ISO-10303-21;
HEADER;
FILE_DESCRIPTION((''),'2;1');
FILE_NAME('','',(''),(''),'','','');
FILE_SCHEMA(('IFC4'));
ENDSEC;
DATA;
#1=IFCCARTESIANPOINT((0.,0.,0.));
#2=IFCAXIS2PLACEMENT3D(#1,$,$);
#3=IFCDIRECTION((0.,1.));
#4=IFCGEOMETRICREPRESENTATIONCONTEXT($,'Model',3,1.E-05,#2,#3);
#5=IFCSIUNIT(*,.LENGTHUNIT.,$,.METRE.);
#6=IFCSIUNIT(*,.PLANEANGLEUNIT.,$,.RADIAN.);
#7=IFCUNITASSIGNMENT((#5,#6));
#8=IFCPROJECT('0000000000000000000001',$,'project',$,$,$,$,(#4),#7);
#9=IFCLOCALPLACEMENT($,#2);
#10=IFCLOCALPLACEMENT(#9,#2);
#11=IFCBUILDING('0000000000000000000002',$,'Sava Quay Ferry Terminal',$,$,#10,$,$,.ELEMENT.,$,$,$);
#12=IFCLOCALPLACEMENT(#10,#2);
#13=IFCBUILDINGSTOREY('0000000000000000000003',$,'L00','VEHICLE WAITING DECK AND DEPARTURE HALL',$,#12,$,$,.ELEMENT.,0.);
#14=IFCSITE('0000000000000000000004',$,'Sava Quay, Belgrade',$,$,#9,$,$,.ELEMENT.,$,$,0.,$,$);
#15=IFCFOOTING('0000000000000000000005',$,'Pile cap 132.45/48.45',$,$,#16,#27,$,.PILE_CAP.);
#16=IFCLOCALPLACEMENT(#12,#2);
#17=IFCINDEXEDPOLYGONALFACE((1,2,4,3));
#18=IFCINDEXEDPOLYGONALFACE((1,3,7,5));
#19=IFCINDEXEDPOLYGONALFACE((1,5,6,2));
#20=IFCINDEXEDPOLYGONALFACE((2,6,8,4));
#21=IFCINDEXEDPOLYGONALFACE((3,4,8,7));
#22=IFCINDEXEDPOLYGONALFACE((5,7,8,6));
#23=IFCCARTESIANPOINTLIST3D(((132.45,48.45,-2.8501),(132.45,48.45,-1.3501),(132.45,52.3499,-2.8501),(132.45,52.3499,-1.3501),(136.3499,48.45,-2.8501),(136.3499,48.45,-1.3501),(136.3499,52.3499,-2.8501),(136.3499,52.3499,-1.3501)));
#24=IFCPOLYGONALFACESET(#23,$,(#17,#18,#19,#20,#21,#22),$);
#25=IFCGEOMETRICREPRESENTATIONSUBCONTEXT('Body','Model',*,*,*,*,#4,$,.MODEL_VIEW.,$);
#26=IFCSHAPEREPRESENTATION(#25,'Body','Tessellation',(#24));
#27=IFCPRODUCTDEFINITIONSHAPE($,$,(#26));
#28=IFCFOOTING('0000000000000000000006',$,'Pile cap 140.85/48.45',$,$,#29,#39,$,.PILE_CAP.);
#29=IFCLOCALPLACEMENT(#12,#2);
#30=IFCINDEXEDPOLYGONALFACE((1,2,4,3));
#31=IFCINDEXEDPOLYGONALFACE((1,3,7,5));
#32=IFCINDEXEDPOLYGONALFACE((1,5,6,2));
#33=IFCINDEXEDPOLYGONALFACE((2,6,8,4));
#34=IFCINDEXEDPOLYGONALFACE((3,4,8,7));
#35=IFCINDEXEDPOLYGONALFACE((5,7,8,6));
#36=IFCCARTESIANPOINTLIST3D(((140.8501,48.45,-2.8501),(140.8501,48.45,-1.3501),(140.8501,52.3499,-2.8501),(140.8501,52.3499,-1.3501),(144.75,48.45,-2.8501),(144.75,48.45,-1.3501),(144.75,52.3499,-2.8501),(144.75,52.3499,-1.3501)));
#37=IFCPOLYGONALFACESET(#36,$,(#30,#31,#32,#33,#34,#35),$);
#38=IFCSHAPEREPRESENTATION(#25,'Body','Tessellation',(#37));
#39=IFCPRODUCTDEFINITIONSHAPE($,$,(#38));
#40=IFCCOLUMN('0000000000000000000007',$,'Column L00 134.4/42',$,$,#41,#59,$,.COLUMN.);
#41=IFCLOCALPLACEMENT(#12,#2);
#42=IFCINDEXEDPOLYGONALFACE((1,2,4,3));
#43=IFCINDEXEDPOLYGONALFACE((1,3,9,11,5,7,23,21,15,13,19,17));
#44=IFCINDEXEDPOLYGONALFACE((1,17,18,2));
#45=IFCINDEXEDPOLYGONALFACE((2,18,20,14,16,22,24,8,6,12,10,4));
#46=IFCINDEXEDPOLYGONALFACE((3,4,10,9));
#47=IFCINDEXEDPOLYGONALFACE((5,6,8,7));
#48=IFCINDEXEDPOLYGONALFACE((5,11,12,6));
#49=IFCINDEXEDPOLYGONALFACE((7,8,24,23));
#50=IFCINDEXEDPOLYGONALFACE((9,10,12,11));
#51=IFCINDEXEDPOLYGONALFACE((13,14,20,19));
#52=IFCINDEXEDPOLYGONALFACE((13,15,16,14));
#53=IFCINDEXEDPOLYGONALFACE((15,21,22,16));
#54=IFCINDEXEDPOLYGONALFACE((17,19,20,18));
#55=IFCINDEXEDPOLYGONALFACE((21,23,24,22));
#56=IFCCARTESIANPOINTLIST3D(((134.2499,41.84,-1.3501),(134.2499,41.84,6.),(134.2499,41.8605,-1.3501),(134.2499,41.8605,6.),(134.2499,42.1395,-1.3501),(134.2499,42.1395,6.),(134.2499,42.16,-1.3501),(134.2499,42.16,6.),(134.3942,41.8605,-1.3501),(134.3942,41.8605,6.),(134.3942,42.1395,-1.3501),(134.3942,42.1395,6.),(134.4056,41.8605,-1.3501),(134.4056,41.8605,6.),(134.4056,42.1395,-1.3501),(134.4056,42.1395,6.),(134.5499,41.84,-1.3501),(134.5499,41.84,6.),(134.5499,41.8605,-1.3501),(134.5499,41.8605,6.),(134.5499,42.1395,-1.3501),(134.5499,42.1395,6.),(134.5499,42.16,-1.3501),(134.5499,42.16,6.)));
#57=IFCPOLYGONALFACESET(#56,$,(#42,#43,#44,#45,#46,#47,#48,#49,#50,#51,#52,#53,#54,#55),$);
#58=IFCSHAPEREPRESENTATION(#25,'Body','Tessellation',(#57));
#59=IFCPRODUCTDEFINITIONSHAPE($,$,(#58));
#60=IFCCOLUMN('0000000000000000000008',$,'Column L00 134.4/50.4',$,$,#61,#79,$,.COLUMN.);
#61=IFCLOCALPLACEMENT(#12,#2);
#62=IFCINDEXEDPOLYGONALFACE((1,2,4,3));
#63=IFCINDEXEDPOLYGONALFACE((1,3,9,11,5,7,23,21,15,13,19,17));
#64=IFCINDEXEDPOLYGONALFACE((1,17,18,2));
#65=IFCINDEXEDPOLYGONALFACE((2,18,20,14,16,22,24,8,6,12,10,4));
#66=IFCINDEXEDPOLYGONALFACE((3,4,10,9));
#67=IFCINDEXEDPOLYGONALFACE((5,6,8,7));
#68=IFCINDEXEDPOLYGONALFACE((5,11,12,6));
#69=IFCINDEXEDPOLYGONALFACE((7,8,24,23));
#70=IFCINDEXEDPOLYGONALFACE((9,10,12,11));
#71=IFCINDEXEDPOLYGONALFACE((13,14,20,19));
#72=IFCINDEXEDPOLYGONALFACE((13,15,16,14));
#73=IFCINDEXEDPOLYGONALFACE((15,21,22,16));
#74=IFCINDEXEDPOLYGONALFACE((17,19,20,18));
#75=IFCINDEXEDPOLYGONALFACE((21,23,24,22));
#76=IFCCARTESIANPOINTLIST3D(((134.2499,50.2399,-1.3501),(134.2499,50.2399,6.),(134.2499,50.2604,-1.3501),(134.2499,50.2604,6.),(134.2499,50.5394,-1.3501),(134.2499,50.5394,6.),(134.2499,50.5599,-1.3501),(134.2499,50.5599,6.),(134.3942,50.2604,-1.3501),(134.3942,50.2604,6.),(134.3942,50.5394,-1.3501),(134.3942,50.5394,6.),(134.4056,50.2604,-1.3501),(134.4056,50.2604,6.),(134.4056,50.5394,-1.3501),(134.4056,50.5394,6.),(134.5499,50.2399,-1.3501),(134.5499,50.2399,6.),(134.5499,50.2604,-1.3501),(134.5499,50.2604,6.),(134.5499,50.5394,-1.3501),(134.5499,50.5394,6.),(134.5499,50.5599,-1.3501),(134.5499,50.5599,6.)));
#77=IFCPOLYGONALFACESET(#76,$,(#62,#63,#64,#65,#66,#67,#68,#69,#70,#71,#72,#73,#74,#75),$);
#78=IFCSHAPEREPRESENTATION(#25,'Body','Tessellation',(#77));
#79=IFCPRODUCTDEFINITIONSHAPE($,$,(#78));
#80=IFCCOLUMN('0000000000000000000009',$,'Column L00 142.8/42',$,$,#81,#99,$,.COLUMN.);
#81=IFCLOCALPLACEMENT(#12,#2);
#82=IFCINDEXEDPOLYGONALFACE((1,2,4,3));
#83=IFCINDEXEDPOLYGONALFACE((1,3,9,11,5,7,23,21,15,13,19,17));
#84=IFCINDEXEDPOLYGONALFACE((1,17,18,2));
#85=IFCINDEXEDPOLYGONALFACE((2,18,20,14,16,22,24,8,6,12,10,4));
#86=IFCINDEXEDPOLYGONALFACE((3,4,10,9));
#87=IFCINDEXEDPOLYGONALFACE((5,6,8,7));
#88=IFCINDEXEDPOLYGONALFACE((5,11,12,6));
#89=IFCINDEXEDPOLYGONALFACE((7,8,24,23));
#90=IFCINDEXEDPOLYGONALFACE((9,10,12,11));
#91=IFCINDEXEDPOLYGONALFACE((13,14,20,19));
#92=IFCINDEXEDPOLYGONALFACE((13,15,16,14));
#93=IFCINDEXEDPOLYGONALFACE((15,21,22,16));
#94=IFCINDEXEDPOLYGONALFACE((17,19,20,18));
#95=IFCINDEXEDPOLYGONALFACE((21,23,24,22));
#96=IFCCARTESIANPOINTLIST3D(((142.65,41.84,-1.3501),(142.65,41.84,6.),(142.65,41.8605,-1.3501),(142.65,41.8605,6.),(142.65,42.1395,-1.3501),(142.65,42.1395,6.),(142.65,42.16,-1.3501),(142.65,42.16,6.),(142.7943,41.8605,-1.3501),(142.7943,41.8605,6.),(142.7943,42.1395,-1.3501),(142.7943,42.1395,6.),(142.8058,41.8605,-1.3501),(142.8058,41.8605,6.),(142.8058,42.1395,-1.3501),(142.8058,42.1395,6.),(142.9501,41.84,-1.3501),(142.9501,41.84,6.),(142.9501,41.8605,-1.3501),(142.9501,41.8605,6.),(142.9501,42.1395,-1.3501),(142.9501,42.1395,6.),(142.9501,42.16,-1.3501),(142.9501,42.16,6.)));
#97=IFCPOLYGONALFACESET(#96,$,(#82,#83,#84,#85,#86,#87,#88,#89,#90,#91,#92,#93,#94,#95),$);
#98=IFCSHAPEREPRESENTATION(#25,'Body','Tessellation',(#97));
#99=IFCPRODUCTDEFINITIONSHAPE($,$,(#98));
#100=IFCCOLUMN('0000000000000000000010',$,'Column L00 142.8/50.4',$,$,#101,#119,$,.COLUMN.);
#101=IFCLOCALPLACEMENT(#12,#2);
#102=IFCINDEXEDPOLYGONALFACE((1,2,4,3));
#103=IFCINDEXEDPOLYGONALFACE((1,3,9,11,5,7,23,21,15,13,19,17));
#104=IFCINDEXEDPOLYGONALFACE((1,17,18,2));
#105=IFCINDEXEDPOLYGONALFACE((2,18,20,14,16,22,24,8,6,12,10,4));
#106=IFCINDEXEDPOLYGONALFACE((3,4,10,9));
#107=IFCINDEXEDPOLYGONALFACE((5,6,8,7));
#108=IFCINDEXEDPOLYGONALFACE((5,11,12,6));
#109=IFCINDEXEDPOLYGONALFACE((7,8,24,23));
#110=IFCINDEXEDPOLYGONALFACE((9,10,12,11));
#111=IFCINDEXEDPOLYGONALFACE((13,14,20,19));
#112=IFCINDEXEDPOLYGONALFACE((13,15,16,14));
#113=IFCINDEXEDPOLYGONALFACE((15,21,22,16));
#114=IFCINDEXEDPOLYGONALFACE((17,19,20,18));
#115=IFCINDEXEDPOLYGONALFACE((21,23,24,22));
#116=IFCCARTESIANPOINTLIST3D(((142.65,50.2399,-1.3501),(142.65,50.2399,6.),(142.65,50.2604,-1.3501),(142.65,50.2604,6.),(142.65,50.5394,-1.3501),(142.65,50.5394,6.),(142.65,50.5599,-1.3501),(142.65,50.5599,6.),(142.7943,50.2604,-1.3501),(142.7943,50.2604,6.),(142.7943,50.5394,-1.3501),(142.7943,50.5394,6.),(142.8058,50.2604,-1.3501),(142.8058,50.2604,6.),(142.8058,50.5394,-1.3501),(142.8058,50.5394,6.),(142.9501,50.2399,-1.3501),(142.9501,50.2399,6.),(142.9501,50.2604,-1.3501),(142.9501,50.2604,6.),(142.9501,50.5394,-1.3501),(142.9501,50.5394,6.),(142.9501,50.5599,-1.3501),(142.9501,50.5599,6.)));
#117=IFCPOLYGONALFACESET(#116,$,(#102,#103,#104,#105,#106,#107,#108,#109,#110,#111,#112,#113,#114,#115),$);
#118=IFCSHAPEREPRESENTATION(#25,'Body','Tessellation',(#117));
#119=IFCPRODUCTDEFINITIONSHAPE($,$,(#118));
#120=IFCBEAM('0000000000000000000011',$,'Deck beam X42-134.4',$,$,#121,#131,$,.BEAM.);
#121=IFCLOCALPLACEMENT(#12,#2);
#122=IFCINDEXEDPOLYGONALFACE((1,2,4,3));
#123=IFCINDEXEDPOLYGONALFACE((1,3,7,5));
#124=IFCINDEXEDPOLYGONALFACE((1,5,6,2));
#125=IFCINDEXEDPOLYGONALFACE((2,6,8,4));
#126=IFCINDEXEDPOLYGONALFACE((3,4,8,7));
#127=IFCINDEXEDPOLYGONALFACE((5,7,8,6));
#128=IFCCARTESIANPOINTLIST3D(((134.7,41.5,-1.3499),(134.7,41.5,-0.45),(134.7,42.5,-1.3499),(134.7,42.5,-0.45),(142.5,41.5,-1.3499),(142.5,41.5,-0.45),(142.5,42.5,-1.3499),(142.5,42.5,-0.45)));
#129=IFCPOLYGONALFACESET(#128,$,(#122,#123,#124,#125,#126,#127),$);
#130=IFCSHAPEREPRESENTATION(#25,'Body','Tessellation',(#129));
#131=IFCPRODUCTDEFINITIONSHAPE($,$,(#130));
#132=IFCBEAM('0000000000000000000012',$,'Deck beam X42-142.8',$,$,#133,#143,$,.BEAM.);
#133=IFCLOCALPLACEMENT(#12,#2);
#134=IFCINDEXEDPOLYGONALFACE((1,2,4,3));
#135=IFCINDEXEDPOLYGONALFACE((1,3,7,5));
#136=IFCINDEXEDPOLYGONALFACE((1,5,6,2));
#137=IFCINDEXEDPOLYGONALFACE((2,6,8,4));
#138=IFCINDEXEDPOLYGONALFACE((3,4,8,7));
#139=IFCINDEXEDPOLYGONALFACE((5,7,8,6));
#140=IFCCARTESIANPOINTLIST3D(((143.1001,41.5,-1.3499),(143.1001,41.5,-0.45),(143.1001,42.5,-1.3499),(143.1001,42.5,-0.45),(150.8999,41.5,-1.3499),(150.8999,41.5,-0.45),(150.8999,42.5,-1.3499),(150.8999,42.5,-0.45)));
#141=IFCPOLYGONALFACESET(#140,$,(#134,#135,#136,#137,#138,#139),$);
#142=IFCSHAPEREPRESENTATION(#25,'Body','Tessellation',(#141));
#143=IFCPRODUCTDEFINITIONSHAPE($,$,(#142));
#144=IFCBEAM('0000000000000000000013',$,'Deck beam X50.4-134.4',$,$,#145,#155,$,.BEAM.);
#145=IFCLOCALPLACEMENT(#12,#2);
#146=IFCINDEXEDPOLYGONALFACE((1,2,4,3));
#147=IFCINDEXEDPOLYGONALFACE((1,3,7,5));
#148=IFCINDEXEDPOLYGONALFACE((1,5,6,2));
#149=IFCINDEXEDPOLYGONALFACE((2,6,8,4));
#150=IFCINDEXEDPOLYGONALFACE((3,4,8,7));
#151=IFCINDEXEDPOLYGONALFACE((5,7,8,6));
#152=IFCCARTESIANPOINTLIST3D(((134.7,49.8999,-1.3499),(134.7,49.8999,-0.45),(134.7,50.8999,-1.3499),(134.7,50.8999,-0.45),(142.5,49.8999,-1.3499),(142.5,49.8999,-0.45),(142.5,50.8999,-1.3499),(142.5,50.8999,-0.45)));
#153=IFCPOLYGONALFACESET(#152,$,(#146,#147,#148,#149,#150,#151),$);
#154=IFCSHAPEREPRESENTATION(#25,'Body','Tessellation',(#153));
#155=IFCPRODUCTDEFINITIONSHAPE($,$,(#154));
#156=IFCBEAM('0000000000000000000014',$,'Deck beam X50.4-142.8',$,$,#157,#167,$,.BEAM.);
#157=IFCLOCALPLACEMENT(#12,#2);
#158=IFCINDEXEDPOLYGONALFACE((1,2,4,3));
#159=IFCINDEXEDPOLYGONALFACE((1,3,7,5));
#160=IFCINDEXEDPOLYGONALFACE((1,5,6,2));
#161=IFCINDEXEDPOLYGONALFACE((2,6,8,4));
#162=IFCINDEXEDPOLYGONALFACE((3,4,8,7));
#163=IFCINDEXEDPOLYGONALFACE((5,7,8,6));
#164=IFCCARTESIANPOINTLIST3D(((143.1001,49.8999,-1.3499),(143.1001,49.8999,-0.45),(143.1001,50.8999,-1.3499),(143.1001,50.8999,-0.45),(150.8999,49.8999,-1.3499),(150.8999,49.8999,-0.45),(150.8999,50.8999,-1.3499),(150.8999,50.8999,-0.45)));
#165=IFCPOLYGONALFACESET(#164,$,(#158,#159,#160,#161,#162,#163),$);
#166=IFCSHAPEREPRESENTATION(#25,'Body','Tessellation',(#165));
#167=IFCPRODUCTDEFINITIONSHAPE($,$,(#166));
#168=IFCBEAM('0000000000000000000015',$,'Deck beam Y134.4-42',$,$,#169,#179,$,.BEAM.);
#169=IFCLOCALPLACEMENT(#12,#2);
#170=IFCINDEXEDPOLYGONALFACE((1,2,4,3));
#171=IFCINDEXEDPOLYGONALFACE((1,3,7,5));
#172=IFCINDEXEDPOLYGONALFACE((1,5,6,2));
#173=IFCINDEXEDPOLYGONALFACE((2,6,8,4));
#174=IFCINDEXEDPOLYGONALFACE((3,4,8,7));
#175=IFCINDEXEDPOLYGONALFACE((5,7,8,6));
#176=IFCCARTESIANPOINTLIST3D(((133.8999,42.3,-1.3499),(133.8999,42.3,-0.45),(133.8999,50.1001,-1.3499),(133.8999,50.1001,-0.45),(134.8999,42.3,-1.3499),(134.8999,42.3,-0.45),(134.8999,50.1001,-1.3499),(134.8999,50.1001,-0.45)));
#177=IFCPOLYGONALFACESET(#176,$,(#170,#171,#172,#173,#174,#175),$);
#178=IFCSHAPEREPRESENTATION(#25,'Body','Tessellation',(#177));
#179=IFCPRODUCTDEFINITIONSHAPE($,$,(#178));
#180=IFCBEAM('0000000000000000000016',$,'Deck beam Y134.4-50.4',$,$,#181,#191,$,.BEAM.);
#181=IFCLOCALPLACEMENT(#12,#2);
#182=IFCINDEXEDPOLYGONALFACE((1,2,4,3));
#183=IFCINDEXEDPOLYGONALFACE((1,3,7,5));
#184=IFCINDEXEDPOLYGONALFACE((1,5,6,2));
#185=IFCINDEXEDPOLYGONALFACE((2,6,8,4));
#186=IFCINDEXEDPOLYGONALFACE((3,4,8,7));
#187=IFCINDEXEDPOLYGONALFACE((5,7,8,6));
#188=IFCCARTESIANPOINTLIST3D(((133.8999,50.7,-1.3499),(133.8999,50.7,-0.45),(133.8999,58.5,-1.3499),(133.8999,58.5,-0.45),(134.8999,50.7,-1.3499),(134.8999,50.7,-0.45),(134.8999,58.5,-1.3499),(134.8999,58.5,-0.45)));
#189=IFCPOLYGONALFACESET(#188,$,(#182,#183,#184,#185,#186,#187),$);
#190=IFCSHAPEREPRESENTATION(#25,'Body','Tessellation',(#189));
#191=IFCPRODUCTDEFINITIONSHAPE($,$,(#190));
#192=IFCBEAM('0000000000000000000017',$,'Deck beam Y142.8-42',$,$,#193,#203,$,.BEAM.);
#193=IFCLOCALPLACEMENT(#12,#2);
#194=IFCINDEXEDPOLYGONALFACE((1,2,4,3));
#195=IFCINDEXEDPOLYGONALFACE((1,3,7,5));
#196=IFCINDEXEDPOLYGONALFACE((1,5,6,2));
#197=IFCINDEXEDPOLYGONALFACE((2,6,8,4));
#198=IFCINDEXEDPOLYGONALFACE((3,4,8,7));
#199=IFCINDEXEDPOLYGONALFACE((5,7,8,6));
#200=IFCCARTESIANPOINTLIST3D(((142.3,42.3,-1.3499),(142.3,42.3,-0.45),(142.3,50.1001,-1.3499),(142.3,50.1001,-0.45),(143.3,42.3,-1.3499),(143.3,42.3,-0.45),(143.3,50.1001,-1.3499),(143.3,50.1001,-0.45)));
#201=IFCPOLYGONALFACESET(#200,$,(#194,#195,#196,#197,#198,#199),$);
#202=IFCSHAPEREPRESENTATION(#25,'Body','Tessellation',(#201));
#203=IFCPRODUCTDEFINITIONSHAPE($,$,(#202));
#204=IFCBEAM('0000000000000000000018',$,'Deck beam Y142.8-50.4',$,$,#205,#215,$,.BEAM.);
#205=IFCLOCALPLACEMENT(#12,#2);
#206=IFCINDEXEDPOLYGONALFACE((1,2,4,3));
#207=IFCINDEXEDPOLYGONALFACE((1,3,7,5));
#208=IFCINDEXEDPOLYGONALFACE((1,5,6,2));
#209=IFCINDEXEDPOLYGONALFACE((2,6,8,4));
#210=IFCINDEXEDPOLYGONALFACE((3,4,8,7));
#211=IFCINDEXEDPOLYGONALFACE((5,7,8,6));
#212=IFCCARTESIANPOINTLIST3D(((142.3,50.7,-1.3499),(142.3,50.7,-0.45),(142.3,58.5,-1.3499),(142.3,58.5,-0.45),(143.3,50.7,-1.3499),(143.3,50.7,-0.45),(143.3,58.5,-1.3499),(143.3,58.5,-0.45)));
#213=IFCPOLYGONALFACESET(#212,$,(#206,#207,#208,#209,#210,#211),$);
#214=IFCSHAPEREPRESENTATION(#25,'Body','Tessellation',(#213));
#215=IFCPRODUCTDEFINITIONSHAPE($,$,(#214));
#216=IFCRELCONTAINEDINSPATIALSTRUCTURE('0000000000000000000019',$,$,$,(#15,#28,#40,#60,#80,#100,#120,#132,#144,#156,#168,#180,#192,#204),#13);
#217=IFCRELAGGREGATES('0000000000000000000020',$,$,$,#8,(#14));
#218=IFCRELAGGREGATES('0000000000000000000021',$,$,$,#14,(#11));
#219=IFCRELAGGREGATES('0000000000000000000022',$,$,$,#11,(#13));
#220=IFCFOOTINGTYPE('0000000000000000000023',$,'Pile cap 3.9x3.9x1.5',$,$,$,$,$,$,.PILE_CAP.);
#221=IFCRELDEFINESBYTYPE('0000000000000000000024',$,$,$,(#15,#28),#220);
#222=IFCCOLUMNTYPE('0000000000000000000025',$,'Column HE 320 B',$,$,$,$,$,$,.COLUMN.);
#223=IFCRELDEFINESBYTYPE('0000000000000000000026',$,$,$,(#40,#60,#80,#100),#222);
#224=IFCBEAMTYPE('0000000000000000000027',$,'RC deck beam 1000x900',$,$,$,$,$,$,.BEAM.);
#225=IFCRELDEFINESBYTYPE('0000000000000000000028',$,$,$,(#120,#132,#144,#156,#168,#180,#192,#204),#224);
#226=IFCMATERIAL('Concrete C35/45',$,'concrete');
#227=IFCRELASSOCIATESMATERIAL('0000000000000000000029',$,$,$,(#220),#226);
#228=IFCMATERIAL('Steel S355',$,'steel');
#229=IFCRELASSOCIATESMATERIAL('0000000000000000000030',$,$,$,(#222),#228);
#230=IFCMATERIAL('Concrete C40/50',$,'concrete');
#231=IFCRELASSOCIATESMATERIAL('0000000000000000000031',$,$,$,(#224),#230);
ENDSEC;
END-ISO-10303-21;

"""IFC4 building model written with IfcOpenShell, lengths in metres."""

from ifc_helpers import new_model, si_unit, direction, frame, origin, origin_2d, place, context, subcontext, project, spatial, rectangle, i_section, extrude, material, material_profile, profile_set, type_object, element, save


model = new_model("IFC4")

# Units and contexts
model_context = context("Model", 3, precision=1e-05, world=origin(), true_north=direction((0.0, 1.0)))
body_context = subcontext(model_context, "Body", "Model", "MODEL_VIEW")
ifc_project = project(units=[si_unit("LENGTHUNIT", "METRE"), si_unit("PLANEANGLEUNIT", "RADIAN")], contexts=[model_context])

# Site, building, storey
site_placement = place(None, origin())
site = spatial("IfcSite", under=ifc_project, at=site_placement, Name="Sava Quay, Belgrade", CompositionType="ELEMENT", RefElevation=0.0)
building_placement = place(site_placement, origin())
building = spatial("IfcBuilding", under=site, at=building_placement, Name="Sava Quay Ferry Terminal", CompositionType="ELEMENT")
storey_placement = place(building_placement, origin())
storey = spatial("IfcBuildingStorey", under=building, at=storey_placement, Name="L00", Description="VEHICLE WAITING DECK AND DEPARTURE HALL", CompositionType="ELEMENT", Elevation=0.0)

# Footings
ifc_material_1 = material(Name="Concrete C35/45", Category="concrete")
footing_type = type_object("IfcFootingType", Name="Pile cap 3.9x3.9x1.5", PredefinedType="PILE_CAP", material=ifc_material_1)
for number, where, z_axis, x_axis, name in (
    (1, (134.3999, 50.3999, -2.8501), (0.0, 0.0, 1.0), (1.0, 0.0, 0.0), "Pile cap 132.45/48.45"),
    (2, (142.8, 50.3999, -2.8501), (0.0, 0.0, 1.0), (1.0, 0.0, 0.0), "Pile cap 140.85/48.45"),
):
    element("IfcFooting", number, at=place(storey_placement, frame(where, z_axis=z_axis, x_axis=x_axis)), inside=storey, type_object=footing_type, Name=name, PredefinedType="PILE_CAP", context=body_context, shape_type="SweptSolid", body=[
        extrude(rectangle(XDim=3.8999, YDim=3.8999, at=origin_2d()), origin(), (0.0, 0.0, 1.0), 1.5),
    ])

# Columns
ifc_material_2 = material(Name="Steel S355", Category="steel")
ifc_material_profile_1 = material_profile(ifc_material_2, i_section(OverallWidth=0.3, OverallDepth=0.3201, WebThickness=0.0115, FlangeThickness=0.0205, at=origin_2d()), Name="HE 320 B")
ifc_profile_set_1 = profile_set([ifc_material_profile_1], Name="Steel S355")
column_type = type_object("IfcColumnType", Name="Column HE 320 B", PredefinedType="COLUMN", material=ifc_profile_set_1)
for number, where, z_axis, x_axis, name in (
    (3, (134.3999, 42.0, -1.3501), (0.0, 0.0, 1.0), (1.0, 0.0, 0.0), "Column L00 134.4/42"),
    (4, (134.3999, 50.3999, -1.3501), (0.0, 0.0, 1.0), (1.0, 0.0, 0.0), "Column L00 134.4/50.4"),
    (5, (142.8, 42.0, -1.3501), (0.0, 0.0, 1.0), (1.0, 0.0, 0.0), "Column L00 142.8/42"),
    (6, (142.8, 50.3999, -1.3501), (0.0, 0.0, 1.0), (1.0, 0.0, 0.0), "Column L00 142.8/50.4"),
):
    element("IfcColumn", number, at=place(storey_placement, frame(where, z_axis=z_axis, x_axis=x_axis)), inside=storey, type_object=column_type, Name=name, PredefinedType="COLUMN", context=body_context, shape_type="SweptSolid", body=[
        extrude(i_section(OverallWidth=0.3, OverallDepth=0.3201, WebThickness=0.0115, FlangeThickness=0.0205, at=origin_2d()), origin(), (0.0, 0.0, 1.0), 7.3501),
    ])

# Beams
ifc_material_3 = material(Name="Concrete C40/50", Category="concrete")
ifc_material_profile_2 = material_profile(ifc_material_3, rectangle(XDim=1.0, YDim=0.8999, at=origin_2d()), Name="RC 1000x900")
ifc_profile_set_2 = profile_set([ifc_material_profile_2], Name="Concrete C40/50")
beam_type = type_object("IfcBeamType", Name="RC deck beam 1000x900", PredefinedType="BEAM", material=ifc_profile_set_2)
beam_1_placement = place(storey_placement, frame((134.7, 42.0, -0.8999), z_axis=(1.0, 0.0, 0.0), x_axis=(0.0, 1.0, 0.0)))
element("IfcBeam", 7, at=beam_1_placement, inside=storey, type_object=beam_type, Name="Deck beam X42-134.4", PredefinedType="BEAM", context=body_context, shape_type="SweptSolid", body=[
    extrude(rectangle(XDim=1.0, YDim=0.8999, at=origin_2d()), origin(), (0.0, 0.0, 1.0), 7.8),
])
beam_2_placement = place(storey_placement, frame((143.1001, 42.0, -0.8999), z_axis=(1.0, 0.0, 0.0), x_axis=(0.0, 1.0, 0.0)))
element("IfcBeam", 8, at=beam_2_placement, inside=storey, type_object=beam_type, Name="Deck beam X42-142.8", PredefinedType="BEAM", context=body_context, shape_type="SweptSolid", body=[
    extrude(rectangle(XDim=1.0, YDim=0.8999, at=origin_2d()), origin(), (0.0, 0.0, 1.0), 7.7998),
])
beam_3_placement = place(storey_placement, frame((134.7, 50.3999, -0.8999), z_axis=(1.0, 0.0, 0.0), x_axis=(0.0, 1.0, 0.0)))
element("IfcBeam", 9, at=beam_3_placement, inside=storey, type_object=beam_type, Name="Deck beam X50.4-134.4", PredefinedType="BEAM", context=body_context, shape_type="SweptSolid", body=[
    extrude(rectangle(XDim=1.0, YDim=0.8999, at=origin_2d()), origin(), (0.0, 0.0, 1.0), 7.8),
])
beam_4_placement = place(storey_placement, frame((143.1001, 50.3999, -0.8999), z_axis=(1.0, 0.0, 0.0), x_axis=(0.0, 1.0, 0.0)))
element("IfcBeam", 10, at=beam_4_placement, inside=storey, type_object=beam_type, Name="Deck beam X50.4-142.8", PredefinedType="BEAM", context=body_context, shape_type="SweptSolid", body=[
    extrude(rectangle(XDim=1.0, YDim=0.8999, at=origin_2d()), origin(), (0.0, 0.0, 1.0), 7.7998),
])
for number, where, z_axis, x_axis, name in (
    (11, (134.3999, 42.3, -0.8999), (0.0, 1.0, 0.0), (-1.0, 0.0, 0.0), "Deck beam Y134.4-42"),
    (12, (134.3999, 50.7, -0.8999), (0.0, 1.0, 0.0), (-1.0, 0.0, 0.0), "Deck beam Y134.4-50.4"),
    (13, (142.8, 42.3, -0.8999), (0.0, 1.0, 0.0), (-1.0, 0.0, 0.0), "Deck beam Y142.8-42"),
    (14, (142.8, 50.7, -0.8999), (0.0, 1.0, 0.0), (-1.0, 0.0, 0.0), "Deck beam Y142.8-50.4"),
):
    element("IfcBeam", number, at=place(storey_placement, frame(where, z_axis=z_axis, x_axis=x_axis)), inside=storey, type_object=beam_type, Name=name, PredefinedType="BEAM", context=body_context, shape_type="SweptSolid", body=[
        extrude(rectangle(XDim=1.0, YDim=0.8999, at=origin_2d()), origin(), (0.0, 0.0, 1.0), 7.8),
    ])

save(model, "model.ifc")
